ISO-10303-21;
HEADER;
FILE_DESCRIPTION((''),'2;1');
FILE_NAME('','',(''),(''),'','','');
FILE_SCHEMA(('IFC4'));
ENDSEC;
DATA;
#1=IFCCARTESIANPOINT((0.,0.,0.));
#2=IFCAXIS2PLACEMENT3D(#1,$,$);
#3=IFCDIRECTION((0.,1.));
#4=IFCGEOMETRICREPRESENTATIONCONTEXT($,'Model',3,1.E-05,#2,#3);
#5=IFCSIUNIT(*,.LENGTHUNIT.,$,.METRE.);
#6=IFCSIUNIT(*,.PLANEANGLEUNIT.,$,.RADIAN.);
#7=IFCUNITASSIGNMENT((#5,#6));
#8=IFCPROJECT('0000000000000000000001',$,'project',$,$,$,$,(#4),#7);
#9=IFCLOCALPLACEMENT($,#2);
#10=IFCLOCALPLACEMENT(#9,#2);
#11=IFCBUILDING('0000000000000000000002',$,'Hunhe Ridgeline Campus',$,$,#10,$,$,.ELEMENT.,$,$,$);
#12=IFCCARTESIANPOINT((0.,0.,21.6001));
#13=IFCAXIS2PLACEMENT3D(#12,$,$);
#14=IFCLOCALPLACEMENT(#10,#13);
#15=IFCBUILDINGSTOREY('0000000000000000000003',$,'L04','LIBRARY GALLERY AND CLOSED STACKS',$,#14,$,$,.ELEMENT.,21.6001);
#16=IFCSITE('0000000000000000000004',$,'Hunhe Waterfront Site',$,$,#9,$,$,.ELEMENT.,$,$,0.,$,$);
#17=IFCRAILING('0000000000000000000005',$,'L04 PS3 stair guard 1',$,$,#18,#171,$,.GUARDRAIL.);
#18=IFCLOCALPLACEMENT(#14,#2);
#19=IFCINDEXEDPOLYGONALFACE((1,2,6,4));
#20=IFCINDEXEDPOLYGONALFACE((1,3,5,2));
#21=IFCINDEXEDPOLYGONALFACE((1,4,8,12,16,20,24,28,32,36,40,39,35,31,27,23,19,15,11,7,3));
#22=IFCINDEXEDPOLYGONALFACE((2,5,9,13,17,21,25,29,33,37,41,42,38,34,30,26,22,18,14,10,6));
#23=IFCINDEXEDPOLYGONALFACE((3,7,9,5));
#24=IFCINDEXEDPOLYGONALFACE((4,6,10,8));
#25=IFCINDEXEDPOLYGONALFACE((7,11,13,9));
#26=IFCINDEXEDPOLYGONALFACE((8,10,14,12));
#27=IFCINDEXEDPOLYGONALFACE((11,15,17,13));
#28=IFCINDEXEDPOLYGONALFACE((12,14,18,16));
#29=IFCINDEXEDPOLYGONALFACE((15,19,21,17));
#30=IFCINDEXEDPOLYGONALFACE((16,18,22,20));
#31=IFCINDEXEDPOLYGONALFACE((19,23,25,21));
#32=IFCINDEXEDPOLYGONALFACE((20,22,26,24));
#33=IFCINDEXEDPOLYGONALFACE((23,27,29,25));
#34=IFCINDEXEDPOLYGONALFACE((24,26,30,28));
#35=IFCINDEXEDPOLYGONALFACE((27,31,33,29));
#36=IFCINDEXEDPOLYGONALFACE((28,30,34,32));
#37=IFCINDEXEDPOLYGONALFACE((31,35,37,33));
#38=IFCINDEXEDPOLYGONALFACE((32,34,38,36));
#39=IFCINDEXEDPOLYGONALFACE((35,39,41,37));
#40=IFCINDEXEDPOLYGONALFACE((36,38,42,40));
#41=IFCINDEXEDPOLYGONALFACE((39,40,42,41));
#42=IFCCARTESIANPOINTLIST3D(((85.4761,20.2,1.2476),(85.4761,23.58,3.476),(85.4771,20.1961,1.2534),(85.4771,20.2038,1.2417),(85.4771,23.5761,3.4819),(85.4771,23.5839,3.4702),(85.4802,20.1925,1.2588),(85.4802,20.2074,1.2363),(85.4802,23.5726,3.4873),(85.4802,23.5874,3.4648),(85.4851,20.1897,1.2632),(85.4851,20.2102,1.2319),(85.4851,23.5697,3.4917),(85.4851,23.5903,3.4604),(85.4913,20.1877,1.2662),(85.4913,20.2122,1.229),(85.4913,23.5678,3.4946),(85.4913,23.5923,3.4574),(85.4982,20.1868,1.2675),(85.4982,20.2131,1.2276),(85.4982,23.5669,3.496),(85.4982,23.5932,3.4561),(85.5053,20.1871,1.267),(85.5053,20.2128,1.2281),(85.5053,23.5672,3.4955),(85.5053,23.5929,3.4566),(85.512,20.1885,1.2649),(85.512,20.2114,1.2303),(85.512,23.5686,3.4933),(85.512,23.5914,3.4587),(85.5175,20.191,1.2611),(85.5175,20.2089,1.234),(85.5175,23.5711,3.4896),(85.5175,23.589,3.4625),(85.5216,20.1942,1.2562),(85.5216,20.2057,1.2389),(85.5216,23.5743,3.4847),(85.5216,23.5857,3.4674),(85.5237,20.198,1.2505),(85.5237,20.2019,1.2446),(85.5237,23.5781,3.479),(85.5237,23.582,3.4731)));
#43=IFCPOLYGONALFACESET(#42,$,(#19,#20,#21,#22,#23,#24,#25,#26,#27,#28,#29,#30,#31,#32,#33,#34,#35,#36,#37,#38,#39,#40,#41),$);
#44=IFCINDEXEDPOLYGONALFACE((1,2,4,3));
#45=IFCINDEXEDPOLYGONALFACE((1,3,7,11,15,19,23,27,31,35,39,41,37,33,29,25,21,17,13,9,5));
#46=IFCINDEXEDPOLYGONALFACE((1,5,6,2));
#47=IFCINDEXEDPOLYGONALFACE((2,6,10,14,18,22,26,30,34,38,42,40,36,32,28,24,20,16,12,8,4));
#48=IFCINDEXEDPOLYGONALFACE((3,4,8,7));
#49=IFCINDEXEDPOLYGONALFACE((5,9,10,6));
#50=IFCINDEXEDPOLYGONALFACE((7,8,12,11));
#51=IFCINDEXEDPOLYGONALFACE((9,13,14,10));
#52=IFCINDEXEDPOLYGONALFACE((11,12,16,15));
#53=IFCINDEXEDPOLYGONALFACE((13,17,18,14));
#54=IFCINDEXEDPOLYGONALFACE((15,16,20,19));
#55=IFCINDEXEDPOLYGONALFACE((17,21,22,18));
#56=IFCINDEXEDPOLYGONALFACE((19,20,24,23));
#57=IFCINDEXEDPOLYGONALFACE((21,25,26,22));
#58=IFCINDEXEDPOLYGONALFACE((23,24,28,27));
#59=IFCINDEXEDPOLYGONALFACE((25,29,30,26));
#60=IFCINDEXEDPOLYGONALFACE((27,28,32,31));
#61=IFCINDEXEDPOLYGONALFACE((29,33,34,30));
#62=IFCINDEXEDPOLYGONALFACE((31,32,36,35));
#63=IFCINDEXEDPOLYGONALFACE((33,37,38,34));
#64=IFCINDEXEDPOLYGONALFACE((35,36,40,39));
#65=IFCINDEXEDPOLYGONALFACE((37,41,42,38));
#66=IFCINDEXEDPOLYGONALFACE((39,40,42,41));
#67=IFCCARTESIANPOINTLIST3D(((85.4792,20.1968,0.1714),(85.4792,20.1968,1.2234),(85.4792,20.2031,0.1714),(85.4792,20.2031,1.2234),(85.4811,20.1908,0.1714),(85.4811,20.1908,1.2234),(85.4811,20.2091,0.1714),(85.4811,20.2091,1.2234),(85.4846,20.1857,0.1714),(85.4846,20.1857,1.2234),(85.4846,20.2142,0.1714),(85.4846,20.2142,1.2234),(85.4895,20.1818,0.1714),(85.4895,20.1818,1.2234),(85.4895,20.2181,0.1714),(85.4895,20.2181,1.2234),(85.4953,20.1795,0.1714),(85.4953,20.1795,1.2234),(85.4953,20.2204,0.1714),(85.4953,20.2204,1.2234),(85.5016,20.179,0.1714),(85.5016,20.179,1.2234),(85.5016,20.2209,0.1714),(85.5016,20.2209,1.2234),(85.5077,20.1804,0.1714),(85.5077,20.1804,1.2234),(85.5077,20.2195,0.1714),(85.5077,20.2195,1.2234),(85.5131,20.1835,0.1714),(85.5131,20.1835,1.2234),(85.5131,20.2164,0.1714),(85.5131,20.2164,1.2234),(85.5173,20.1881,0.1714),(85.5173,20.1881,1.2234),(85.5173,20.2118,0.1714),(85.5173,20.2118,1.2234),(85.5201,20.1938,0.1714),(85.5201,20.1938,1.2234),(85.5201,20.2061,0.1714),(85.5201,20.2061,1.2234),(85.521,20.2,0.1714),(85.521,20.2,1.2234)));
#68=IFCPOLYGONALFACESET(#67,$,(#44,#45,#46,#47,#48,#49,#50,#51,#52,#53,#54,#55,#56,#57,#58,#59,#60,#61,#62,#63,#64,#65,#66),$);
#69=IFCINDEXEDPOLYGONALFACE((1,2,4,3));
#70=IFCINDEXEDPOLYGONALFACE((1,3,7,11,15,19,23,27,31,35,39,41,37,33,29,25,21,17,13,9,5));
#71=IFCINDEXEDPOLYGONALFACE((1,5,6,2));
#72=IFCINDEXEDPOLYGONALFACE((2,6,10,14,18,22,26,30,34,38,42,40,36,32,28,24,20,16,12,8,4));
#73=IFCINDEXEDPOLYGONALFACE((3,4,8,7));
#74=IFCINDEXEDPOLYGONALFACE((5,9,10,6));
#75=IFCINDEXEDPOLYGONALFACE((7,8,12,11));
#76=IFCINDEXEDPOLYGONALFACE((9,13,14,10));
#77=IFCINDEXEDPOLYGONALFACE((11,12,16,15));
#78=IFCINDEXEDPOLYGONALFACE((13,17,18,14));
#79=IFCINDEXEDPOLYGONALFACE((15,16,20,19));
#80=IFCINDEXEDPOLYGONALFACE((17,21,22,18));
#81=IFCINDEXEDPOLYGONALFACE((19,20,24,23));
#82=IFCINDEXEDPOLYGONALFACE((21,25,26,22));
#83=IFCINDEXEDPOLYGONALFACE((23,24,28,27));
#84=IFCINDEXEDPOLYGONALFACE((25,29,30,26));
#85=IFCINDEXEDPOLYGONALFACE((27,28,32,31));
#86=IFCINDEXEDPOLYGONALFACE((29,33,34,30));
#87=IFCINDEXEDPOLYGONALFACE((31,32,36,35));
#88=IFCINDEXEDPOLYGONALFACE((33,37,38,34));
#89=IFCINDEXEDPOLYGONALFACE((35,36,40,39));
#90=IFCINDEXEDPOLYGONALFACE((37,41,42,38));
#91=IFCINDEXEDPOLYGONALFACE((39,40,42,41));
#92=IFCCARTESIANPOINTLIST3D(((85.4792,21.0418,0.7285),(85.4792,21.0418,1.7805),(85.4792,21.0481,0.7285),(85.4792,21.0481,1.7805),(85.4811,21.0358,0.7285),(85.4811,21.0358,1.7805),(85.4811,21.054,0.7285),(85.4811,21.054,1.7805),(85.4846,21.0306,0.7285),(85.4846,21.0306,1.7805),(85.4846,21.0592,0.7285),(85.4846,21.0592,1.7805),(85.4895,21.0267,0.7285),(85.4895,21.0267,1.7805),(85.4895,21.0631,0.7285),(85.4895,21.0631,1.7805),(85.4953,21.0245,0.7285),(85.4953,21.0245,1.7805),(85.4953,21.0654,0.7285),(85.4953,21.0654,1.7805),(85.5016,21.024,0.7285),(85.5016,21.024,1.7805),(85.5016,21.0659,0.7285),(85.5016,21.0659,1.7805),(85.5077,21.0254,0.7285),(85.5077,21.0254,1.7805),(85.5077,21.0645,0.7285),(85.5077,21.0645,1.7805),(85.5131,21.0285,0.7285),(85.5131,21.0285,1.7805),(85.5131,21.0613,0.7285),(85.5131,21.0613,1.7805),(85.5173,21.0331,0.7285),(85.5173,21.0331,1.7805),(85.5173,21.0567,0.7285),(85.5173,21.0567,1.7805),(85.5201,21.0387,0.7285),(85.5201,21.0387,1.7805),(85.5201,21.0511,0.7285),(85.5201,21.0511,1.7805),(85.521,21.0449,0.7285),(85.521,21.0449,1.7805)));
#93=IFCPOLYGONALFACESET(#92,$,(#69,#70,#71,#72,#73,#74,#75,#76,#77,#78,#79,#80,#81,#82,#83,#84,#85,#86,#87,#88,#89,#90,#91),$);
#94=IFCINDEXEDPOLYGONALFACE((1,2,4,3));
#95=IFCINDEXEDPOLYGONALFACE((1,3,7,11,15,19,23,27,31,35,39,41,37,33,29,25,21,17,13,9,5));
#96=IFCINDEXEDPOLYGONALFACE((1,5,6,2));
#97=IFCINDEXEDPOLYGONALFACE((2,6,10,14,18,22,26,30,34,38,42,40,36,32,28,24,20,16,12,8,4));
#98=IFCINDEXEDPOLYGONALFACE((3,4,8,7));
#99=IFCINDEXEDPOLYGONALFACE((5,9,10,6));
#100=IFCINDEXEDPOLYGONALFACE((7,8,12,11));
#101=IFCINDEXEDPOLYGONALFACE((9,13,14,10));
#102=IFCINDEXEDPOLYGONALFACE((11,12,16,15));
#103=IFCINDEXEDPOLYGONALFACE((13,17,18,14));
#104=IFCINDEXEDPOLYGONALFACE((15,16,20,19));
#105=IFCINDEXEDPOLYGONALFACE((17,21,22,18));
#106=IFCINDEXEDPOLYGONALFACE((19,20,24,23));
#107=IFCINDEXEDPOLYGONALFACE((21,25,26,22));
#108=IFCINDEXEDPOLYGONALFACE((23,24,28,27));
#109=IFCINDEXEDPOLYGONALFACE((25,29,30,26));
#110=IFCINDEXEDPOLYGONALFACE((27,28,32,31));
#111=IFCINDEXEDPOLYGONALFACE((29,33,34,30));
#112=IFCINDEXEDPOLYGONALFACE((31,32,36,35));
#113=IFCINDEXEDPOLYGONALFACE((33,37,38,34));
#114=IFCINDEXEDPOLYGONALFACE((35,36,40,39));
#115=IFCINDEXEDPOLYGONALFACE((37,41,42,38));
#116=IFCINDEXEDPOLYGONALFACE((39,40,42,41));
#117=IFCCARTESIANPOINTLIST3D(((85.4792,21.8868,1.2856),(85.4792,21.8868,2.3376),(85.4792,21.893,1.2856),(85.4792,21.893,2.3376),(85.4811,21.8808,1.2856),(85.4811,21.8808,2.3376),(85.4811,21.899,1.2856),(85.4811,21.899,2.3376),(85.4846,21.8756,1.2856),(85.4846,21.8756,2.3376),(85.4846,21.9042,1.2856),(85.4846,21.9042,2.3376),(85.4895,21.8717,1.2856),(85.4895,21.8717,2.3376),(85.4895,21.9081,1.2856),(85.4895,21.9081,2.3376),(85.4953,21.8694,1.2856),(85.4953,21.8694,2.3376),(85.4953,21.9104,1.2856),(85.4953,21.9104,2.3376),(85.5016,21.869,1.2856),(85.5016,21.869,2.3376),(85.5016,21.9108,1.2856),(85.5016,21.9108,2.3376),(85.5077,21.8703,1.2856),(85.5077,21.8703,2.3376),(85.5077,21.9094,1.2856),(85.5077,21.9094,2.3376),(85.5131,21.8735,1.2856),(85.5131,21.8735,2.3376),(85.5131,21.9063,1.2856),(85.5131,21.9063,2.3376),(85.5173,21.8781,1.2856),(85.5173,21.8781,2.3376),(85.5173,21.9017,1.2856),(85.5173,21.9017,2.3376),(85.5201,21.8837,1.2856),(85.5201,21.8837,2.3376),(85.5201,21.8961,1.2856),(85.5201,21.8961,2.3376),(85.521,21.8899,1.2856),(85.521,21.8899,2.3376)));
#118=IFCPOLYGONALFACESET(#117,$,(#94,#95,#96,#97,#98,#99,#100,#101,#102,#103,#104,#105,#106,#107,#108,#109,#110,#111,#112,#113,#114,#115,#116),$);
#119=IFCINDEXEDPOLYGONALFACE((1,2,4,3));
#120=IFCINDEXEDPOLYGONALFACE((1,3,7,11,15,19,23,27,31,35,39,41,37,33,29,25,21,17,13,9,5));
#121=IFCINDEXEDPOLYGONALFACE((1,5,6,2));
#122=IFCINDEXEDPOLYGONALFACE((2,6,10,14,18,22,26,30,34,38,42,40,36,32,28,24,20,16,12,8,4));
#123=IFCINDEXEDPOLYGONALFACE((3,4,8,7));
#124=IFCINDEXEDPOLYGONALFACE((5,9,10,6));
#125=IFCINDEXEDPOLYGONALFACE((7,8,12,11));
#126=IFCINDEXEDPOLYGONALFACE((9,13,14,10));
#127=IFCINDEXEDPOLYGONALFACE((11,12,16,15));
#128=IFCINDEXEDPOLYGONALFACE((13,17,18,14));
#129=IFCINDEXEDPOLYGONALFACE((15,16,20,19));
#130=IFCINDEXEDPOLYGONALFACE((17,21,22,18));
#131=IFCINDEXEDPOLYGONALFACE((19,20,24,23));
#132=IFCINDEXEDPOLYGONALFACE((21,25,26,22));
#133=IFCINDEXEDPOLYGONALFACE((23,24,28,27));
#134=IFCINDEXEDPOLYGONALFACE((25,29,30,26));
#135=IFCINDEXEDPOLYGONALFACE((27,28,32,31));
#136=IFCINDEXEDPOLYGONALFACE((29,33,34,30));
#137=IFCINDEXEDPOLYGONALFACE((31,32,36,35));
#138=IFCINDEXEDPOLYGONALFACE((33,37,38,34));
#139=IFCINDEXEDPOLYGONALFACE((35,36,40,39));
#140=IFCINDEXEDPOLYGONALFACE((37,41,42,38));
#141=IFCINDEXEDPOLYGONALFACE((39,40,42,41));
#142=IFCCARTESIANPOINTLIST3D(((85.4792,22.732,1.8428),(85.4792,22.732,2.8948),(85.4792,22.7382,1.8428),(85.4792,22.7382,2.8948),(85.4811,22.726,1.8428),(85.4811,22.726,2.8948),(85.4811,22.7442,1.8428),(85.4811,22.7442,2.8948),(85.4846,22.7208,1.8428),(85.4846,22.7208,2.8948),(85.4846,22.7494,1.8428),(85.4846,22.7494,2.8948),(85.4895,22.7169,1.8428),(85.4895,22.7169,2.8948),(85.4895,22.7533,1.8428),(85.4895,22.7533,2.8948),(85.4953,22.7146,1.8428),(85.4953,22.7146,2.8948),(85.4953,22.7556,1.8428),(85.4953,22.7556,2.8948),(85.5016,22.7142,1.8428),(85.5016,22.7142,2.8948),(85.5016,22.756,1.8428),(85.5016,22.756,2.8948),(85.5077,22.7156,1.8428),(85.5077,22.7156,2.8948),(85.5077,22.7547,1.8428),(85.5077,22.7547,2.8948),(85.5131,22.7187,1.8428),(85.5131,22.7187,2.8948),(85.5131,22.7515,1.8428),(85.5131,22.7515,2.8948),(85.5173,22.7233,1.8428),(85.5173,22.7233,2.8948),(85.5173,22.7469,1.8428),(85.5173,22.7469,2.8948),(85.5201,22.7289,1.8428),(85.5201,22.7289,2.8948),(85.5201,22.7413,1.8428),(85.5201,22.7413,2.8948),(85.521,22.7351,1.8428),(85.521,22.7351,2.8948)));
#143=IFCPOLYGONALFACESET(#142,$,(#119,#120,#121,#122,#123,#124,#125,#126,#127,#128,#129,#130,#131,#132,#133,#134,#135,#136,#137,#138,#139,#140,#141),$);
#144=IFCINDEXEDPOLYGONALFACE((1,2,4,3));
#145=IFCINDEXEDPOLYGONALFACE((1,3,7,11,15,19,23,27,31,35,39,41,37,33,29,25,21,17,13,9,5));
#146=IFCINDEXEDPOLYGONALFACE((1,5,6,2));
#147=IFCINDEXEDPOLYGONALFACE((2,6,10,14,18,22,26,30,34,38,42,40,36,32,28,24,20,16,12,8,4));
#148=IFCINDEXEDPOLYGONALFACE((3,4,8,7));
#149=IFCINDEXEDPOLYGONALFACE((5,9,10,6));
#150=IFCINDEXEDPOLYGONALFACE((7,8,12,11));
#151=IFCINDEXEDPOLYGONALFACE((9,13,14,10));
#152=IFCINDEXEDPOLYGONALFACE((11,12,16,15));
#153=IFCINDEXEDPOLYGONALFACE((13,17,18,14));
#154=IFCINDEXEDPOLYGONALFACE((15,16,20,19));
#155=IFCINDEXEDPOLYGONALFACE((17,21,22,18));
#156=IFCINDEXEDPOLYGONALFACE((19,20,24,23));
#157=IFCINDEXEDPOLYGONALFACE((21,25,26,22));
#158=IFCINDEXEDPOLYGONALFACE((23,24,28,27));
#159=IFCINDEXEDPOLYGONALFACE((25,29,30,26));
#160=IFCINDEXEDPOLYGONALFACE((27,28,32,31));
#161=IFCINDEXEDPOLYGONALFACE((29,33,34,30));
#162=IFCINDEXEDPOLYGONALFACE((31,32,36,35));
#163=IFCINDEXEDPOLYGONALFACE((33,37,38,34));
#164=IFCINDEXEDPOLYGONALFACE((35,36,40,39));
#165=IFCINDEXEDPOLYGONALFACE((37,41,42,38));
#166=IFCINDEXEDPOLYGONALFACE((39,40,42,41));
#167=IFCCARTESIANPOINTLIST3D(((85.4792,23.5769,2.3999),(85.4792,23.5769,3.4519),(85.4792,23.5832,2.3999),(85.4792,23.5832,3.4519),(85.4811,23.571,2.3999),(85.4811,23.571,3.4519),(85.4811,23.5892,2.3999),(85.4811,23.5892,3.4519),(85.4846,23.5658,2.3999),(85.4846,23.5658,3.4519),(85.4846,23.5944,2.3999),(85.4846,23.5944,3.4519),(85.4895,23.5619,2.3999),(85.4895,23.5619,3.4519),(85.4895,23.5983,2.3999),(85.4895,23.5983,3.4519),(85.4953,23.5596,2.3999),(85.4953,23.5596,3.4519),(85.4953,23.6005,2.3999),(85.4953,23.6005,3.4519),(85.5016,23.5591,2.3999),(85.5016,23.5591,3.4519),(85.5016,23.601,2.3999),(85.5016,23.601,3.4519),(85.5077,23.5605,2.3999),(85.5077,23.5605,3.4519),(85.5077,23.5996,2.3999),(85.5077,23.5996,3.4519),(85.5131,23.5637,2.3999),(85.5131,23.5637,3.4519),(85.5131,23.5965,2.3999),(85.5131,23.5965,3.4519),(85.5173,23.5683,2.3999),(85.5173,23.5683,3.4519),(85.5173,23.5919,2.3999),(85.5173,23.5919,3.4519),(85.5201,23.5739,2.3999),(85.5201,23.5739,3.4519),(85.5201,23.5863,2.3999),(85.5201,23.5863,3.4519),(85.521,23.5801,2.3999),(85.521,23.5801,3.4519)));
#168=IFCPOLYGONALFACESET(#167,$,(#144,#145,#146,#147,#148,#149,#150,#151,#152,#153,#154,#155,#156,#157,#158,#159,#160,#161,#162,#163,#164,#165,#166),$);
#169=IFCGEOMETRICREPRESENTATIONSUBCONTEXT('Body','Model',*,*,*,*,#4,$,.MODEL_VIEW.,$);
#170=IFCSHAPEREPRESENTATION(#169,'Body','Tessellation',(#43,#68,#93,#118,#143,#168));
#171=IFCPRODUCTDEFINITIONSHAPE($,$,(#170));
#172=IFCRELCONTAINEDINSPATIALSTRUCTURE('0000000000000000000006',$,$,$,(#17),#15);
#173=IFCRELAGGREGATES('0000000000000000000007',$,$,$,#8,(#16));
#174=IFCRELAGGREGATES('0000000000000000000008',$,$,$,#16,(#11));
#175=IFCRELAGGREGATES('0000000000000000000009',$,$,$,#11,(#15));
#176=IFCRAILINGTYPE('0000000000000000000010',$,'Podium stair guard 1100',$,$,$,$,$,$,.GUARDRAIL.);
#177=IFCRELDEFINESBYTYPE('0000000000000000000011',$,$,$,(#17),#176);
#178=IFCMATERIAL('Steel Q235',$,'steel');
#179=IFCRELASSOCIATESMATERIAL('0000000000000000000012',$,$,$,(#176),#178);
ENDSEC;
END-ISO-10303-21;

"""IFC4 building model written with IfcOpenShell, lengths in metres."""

from ifc_helpers import new_model, si_unit, direction, frame, origin, origin_2d, place, context, subcontext, project, spatial, circle, extrude, material, type_object, element, save


model = new_model("IFC4")

# Units and contexts
model_context = context("Model", 3, precision=1e-05, world=origin(), true_north=direction((0.0, 1.0)))
body_context = subcontext(model_context, "Body", "Model", "MODEL_VIEW")
ifc_project = project(units=[si_unit("LENGTHUNIT", "METRE"), si_unit("PLANEANGLEUNIT", "RADIAN")], contexts=[model_context])

# Site, building, storey
site_placement = place(None, origin())
site = spatial("IfcSite", under=ifc_project, at=site_placement, Name="Hunhe Waterfront Site", CompositionType="ELEMENT", RefElevation=0.0)
building_placement = place(site_placement, origin())
building = spatial("IfcBuilding", under=site, at=building_placement, Name="Hunhe Ridgeline Campus", CompositionType="ELEMENT")
storey_placement = place(building_placement, frame((0.0, 0.0, 21.6001)))
storey = spatial("IfcBuildingStorey", under=building, at=storey_placement, Name="L04", Description="LIBRARY GALLERY AND CLOSED STACKS", CompositionType="ELEMENT", Elevation=21.6001)

# Shared definitions
ifc_material_1 = material(Name="Steel Q235", Category="steel")

# Railing
railing_type_1 = type_object("IfcRailingType", Name="Podium stair guard 1100", PredefinedType="GUARDRAIL", material=ifc_material_1)
railing_1_placement = place(storey_placement, frame((85.5, 20.2, 0.1714)))
element("IfcRailing", 1, at=railing_1_placement, inside=storey, type_object=railing_type_1, Name="L04 PS3 stair guard 1", PredefinedType="GUARDRAIL", context=body_context, shape_type="SweptSolid", body=[
    extrude(circle(Radius=0.0239, at=origin_2d()), frame((0.0, 0.0, 1.0762), z_axis=(0.0, 0.834878, 0.550435), x_axis=(-1.0, 0.0, 0.0)), (0.0, 0.0, 1.0), 4.0486),
    extrude(circle(Radius=0.021, at=origin_2d()), origin(), (0.0, 0.0, 1.0), 1.052),
    extrude(circle(Radius=0.021, at=origin_2d()), frame((0.0, 0.845, 0.5571)), (0.0, 0.0, 1.0), 1.052),
    extrude(circle(Radius=0.021, at=origin_2d()), frame((0.0, 1.6899, 1.1143)), (0.0, 0.0, 1.0), 1.052),
    extrude(circle(Radius=0.021, at=origin_2d()), frame((0.0, 2.5352, 1.6714)), (0.0, 0.0, 1.0), 1.052),
    extrude(circle(Radius=0.021, at=origin_2d()), frame((0.0, 3.3801, 2.2285)), (0.0, 0.0, 1.0), 1.052),
])

save(model, "model.ifc")
